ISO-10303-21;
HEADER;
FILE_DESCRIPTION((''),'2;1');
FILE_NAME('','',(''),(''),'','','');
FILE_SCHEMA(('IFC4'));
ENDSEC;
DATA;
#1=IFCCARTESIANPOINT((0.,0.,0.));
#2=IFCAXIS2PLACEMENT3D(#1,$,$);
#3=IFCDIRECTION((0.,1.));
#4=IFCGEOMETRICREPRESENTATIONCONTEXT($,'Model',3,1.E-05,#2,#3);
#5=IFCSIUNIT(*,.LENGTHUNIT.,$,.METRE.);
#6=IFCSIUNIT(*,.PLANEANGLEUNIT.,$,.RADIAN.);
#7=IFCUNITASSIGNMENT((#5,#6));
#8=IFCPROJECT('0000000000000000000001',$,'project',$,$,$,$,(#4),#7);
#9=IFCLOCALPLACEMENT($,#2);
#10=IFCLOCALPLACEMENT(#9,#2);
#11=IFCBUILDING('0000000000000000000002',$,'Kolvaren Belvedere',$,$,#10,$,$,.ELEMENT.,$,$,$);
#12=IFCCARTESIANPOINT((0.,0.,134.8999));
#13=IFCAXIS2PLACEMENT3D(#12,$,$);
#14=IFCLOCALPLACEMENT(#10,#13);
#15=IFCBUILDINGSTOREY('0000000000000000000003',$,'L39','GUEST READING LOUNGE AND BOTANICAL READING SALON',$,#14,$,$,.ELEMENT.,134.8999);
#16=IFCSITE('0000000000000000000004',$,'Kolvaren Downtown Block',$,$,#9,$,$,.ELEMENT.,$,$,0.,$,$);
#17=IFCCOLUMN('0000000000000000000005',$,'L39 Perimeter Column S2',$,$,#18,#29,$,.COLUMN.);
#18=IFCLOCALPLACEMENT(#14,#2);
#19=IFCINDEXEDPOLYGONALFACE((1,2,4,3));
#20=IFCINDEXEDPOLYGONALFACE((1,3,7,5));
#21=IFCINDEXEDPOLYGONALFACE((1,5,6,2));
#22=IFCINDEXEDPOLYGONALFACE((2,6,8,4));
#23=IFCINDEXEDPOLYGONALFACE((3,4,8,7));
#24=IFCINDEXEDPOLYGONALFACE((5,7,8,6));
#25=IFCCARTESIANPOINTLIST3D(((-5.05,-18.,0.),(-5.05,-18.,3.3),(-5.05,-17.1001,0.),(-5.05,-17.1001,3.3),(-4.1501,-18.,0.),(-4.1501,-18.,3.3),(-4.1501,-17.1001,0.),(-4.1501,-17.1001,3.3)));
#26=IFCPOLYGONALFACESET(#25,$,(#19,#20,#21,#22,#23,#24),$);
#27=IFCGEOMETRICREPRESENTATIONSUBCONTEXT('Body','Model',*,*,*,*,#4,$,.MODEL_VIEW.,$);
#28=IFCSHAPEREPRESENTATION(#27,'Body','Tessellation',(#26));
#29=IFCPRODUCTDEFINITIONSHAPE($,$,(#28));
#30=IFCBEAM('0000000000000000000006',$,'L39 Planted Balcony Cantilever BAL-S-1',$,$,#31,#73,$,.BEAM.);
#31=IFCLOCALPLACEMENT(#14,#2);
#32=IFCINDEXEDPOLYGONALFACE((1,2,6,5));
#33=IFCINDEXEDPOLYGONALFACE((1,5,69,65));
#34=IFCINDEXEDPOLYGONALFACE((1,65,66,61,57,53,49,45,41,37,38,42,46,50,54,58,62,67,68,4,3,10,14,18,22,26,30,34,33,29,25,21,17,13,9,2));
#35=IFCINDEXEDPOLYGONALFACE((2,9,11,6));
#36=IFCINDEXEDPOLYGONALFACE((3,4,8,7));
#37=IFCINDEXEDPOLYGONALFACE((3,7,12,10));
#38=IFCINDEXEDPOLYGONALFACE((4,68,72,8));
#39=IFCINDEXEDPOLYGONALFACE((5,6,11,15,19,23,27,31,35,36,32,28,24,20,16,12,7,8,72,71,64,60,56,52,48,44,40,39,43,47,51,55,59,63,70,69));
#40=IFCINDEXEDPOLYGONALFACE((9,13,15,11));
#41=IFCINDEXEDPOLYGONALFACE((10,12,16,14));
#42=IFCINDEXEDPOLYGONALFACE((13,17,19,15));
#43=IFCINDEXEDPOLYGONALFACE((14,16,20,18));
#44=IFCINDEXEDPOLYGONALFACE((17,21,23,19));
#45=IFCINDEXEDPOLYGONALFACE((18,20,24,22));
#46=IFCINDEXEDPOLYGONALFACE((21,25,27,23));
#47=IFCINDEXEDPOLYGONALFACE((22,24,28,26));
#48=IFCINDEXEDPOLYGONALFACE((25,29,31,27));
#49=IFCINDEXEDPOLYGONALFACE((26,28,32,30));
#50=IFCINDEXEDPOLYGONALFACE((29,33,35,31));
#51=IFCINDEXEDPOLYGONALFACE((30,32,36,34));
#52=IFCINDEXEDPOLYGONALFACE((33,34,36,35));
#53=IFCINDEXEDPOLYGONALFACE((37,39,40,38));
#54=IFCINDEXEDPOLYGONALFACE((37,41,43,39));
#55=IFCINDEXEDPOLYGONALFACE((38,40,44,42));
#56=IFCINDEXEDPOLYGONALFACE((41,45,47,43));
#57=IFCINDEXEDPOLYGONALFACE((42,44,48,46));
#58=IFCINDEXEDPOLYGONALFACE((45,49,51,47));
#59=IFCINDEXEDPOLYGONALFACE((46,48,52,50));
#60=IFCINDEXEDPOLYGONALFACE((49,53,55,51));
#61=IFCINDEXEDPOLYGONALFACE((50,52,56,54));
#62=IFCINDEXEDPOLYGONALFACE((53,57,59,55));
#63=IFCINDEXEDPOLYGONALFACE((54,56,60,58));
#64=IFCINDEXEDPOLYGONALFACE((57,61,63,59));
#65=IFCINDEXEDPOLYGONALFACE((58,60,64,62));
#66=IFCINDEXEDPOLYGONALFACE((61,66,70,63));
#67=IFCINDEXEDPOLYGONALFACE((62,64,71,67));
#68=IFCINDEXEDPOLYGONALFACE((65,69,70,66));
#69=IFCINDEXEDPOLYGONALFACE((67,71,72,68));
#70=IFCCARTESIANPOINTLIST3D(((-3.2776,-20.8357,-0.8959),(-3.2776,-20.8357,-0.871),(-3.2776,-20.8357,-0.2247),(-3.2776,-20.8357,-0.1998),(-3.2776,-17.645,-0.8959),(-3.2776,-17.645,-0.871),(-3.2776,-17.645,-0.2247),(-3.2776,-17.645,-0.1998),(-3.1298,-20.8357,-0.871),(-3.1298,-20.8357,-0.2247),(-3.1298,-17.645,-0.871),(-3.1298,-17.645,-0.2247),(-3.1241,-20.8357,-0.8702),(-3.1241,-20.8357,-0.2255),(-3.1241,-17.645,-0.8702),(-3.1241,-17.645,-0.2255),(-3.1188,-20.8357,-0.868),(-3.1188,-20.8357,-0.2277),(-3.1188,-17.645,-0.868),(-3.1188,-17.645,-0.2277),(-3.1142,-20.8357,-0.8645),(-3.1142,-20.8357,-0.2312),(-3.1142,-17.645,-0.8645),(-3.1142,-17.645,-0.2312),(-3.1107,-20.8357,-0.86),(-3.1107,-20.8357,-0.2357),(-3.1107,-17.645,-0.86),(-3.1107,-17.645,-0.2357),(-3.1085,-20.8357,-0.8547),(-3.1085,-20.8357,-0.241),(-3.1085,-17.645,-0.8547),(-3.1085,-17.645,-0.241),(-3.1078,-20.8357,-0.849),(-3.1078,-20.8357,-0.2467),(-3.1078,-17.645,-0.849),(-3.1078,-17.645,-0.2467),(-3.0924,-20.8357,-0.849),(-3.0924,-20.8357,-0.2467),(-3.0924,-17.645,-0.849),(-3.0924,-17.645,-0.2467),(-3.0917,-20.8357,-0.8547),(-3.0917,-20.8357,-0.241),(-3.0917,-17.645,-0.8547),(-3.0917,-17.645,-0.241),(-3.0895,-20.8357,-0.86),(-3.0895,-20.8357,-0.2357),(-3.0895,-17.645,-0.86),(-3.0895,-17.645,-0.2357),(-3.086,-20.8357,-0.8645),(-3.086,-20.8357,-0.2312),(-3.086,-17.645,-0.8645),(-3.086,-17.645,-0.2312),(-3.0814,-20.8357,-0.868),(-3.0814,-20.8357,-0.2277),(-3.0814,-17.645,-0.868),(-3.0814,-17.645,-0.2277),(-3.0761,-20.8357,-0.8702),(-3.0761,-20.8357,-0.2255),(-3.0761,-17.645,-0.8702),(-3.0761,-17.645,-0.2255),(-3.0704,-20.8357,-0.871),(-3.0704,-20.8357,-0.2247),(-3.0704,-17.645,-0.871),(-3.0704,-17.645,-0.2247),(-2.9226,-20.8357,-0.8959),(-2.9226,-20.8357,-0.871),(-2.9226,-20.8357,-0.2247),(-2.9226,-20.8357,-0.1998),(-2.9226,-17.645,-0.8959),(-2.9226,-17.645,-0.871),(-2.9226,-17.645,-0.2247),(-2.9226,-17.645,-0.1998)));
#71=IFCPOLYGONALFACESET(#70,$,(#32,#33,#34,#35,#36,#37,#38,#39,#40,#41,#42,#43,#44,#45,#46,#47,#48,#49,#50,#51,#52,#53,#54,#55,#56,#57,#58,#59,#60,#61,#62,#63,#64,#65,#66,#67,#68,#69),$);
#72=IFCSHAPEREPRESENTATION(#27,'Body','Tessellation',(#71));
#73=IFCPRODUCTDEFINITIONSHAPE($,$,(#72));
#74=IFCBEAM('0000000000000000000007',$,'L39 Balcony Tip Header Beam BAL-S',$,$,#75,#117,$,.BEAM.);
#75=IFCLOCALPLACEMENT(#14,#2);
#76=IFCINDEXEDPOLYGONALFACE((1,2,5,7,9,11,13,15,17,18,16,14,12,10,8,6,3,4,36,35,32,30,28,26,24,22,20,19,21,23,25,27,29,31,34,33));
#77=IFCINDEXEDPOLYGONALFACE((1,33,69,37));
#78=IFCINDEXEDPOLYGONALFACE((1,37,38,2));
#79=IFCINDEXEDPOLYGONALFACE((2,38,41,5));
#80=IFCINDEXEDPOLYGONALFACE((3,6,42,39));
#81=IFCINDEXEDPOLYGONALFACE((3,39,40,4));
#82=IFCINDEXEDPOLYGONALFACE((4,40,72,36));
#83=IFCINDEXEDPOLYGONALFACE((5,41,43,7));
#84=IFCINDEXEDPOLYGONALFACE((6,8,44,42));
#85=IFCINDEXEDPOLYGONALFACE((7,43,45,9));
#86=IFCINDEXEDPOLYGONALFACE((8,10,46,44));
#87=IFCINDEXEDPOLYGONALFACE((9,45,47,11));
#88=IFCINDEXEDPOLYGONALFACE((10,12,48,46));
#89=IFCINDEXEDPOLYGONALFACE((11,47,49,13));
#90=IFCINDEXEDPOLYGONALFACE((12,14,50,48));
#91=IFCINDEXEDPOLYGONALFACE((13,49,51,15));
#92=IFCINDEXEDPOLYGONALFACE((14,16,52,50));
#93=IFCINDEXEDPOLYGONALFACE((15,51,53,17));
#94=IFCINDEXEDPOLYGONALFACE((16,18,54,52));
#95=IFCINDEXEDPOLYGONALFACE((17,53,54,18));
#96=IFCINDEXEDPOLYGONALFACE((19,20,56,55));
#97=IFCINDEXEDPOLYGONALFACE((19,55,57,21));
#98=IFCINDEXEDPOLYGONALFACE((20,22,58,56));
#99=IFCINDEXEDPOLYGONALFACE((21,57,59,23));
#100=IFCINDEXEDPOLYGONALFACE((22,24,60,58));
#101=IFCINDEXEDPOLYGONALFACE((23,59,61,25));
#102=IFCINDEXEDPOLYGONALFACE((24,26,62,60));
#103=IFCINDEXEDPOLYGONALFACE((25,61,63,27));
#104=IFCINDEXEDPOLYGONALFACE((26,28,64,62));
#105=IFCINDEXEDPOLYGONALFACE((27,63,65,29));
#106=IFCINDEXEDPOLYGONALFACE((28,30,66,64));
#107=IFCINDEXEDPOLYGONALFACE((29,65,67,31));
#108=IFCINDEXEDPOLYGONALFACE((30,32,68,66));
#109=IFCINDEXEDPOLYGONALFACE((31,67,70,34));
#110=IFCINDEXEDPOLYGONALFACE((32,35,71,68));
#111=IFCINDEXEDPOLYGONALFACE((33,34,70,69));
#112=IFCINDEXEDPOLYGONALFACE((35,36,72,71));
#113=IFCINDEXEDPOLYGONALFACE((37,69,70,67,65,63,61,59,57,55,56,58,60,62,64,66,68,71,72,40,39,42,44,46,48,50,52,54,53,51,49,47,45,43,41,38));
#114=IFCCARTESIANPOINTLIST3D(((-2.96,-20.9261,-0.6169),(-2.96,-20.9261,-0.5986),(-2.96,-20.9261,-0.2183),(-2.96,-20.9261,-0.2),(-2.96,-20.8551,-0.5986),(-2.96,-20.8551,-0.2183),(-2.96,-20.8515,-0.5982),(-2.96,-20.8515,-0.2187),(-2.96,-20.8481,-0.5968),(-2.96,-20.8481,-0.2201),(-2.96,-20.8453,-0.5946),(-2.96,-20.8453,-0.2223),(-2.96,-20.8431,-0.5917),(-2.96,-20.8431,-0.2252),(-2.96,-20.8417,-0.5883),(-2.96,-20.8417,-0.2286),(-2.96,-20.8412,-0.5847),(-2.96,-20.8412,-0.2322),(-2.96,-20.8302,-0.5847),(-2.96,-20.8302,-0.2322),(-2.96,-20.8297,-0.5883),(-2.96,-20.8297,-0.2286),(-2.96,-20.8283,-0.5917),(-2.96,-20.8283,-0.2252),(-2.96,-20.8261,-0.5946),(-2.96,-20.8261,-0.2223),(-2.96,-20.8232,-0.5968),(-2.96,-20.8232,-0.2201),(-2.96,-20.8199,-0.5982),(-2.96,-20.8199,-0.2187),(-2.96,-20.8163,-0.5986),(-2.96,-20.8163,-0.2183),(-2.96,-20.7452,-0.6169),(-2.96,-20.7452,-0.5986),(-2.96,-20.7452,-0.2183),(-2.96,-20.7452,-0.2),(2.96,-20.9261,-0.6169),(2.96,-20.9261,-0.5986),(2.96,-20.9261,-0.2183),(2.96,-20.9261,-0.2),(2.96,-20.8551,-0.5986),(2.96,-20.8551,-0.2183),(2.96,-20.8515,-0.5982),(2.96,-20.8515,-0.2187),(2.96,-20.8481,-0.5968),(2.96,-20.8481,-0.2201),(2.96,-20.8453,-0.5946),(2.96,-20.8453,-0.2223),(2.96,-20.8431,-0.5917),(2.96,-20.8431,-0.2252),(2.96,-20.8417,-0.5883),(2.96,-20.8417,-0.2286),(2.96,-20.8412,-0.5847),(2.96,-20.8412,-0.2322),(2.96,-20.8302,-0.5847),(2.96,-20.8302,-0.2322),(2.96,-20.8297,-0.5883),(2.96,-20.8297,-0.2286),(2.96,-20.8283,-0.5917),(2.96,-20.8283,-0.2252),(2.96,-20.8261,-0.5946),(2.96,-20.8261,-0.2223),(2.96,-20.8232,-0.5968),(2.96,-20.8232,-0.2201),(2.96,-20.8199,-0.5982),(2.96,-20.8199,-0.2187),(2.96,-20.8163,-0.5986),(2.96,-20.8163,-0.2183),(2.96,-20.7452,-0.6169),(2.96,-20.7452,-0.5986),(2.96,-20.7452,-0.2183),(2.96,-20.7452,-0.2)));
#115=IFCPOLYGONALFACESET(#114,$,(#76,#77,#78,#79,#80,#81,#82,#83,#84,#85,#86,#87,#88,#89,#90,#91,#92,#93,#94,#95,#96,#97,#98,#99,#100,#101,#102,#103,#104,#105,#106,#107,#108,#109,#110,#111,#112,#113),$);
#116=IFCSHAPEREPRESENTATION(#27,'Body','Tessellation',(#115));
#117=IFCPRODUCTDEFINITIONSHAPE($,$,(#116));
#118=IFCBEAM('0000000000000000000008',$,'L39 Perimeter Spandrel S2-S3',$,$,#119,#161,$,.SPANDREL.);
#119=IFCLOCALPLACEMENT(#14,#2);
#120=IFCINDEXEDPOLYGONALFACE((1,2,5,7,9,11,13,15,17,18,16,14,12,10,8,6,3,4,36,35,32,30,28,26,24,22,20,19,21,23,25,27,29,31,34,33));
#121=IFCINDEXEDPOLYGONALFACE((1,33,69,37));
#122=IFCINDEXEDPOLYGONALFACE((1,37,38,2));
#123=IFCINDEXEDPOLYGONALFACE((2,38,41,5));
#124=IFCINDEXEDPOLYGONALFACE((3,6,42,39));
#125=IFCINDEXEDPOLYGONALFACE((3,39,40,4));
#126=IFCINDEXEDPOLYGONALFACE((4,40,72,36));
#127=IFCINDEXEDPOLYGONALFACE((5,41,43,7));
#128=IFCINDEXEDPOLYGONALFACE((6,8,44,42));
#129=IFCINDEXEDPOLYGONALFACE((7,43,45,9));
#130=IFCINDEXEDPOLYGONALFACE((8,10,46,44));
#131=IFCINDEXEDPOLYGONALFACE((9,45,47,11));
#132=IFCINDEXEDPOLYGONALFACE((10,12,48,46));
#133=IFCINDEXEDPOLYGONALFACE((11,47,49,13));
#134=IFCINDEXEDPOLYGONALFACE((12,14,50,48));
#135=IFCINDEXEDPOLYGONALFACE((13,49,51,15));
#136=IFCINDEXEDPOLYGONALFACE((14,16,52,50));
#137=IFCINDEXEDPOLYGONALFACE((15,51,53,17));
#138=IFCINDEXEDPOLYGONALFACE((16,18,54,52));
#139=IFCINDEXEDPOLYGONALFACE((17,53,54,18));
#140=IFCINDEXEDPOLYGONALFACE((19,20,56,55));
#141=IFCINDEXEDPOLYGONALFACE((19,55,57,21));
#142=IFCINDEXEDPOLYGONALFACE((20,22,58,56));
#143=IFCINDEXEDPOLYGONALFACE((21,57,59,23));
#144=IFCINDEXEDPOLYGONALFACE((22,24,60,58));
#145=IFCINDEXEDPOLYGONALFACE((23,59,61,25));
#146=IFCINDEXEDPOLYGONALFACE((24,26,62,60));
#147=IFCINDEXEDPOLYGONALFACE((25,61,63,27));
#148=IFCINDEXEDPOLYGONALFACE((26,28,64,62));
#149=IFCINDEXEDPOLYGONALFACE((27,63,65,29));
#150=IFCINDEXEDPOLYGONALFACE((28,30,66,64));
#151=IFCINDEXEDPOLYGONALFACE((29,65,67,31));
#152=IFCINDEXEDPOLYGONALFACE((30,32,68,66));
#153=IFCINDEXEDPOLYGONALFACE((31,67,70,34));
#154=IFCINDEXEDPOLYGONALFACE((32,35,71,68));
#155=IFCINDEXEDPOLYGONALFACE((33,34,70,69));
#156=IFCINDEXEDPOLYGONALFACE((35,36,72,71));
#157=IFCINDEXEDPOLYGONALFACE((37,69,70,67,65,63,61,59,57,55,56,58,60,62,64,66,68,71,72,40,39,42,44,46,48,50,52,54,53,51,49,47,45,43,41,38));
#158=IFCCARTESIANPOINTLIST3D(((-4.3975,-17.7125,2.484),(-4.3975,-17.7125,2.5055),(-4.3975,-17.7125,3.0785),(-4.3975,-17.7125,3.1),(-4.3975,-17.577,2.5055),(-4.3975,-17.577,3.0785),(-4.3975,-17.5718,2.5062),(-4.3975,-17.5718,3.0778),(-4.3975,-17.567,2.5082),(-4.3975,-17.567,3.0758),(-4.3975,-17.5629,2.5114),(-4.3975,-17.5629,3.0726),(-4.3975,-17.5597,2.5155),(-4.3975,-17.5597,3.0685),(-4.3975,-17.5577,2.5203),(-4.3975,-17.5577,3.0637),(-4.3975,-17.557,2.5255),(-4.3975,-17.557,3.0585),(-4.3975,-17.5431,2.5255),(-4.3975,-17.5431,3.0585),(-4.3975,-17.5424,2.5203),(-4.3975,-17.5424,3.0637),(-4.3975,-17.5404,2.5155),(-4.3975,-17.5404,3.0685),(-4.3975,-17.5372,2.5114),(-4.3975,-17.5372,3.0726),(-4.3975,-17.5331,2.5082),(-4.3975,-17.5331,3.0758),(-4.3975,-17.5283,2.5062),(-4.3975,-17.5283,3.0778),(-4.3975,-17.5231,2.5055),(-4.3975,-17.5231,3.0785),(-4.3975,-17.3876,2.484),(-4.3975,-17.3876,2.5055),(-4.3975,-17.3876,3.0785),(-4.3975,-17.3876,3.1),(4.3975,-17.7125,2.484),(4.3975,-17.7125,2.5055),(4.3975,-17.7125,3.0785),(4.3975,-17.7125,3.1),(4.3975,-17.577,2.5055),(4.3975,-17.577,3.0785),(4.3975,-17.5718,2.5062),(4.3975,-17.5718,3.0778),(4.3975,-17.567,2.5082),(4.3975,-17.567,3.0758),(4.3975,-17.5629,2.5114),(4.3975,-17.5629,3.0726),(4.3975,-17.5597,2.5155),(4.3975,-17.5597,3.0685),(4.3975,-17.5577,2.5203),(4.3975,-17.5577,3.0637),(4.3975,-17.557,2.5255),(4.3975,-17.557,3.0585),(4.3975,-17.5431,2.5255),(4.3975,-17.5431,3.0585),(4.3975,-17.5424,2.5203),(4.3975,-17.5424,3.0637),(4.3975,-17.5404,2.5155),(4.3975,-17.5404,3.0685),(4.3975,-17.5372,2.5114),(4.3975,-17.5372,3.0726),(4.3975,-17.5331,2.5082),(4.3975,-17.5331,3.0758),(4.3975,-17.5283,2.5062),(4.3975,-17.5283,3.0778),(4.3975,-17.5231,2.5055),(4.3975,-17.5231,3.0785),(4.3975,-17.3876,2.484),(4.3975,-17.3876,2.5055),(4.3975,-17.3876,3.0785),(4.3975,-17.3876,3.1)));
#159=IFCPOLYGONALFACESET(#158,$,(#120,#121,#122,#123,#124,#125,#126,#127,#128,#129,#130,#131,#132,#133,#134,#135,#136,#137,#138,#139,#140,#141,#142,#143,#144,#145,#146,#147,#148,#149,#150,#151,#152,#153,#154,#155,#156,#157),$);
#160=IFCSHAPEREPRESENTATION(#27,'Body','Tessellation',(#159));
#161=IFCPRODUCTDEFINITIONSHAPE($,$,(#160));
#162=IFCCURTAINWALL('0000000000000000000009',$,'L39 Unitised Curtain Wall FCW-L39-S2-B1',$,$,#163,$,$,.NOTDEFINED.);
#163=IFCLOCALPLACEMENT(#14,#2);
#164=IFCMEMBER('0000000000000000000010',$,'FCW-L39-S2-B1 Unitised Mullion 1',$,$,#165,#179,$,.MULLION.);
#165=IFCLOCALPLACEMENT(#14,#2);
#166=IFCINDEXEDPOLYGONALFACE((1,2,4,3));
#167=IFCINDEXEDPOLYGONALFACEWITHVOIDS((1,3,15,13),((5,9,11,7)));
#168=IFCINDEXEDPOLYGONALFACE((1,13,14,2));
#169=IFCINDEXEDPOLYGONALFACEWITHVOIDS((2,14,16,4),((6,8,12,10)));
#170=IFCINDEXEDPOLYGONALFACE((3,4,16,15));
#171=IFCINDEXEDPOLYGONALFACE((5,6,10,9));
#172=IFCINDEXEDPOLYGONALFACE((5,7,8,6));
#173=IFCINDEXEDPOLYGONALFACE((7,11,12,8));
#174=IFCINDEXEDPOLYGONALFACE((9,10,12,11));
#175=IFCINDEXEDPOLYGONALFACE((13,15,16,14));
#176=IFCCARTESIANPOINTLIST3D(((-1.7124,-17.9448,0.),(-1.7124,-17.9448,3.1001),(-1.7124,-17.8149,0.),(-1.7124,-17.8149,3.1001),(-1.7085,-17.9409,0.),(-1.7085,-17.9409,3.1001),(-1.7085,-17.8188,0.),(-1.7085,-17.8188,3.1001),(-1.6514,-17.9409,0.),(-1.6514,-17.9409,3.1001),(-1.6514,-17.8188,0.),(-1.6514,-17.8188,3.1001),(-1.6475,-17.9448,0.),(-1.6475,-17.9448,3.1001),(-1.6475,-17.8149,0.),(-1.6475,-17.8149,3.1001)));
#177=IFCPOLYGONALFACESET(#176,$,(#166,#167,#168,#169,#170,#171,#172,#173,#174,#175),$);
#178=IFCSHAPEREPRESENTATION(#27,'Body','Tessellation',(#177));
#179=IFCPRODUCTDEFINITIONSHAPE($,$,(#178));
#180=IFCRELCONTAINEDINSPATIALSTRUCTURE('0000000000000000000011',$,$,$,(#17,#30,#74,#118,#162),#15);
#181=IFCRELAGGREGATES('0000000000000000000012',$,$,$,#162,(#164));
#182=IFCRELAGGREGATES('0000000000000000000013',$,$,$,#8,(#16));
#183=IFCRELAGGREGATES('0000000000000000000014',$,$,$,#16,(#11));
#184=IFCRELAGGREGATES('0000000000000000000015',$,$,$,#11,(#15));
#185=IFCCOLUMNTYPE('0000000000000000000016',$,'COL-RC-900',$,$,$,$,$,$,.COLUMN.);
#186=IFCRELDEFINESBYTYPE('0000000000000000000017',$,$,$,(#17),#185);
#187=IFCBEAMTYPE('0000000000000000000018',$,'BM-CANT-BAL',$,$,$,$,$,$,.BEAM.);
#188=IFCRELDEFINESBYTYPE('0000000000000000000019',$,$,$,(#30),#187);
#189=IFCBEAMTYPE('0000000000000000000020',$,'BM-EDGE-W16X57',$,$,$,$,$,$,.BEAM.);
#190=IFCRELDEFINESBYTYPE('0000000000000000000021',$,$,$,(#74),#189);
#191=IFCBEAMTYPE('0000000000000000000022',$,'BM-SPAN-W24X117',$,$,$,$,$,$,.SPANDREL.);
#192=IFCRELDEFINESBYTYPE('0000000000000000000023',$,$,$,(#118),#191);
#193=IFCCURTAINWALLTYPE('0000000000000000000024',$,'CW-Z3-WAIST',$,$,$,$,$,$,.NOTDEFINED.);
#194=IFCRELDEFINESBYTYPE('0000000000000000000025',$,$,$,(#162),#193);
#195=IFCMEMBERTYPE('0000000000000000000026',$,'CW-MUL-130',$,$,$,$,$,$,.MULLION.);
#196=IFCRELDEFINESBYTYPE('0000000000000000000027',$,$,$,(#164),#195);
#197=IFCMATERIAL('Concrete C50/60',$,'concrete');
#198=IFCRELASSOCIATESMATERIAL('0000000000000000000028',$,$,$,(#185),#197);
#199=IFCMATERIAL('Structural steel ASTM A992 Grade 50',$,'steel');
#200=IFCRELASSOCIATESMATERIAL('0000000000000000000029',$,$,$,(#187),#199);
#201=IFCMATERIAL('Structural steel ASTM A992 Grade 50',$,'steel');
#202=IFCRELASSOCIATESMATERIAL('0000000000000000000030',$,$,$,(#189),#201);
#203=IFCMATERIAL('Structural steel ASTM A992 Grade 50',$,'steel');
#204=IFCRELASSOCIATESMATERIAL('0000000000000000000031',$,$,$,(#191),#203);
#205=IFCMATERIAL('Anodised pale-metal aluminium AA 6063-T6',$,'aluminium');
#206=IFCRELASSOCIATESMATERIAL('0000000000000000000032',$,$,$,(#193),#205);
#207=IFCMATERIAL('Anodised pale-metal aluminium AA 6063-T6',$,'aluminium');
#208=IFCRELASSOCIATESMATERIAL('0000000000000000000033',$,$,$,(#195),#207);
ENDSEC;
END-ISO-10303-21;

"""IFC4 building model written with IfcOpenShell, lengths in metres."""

from ifc_helpers import new_model, si_unit, direction, frame, origin, origin_2d, place, context, subcontext, project, spatial, rectangle, hollow_rectangle, i_section, extrude, material, material_profile, profile_set, type_object, element, aggregate, save


model = new_model("IFC4")

# Units and contexts
model_context = context("Model", 3, precision=1e-05, world=origin(), true_north=direction((0.0, 1.0)))
body_context = subcontext(model_context, "Body", "Model", "MODEL_VIEW")
ifc_project = project(units=[si_unit("LENGTHUNIT", "METRE"), si_unit("PLANEANGLEUNIT", "RADIAN")], contexts=[model_context])

# Site, building, storey
site_placement = place(None, origin())
site = spatial("IfcSite", under=ifc_project, at=site_placement, Name="Kolvaren Downtown Block", CompositionType="ELEMENT", RefElevation=0.0)
building_placement = place(site_placement, origin())
building = spatial("IfcBuilding", under=site, at=building_placement, Name="Kolvaren Belvedere", CompositionType="ELEMENT")
storey_placement = place(building_placement, frame((0.0, 0.0, 134.8999)))
storey = spatial("IfcBuildingStorey", under=building, at=storey_placement, Name="L39", Description="GUEST READING LOUNGE AND BOTANICAL READING SALON", CompositionType="ELEMENT", Elevation=134.8999)

# Column
ifc_material_1 = material(Name="Concrete C50/60", Category="concrete")
ifc_material_profile_1 = material_profile(ifc_material_1, rectangle(XDim=0.8999, YDim=0.8999, at=origin_2d()), Name="RC 900X900")
ifc_profile_set_1 = profile_set([ifc_material_profile_1], Name="Concrete C50/60")
column_type = type_object("IfcColumnType", Name="COL-RC-900", PredefinedType="COLUMN", material=ifc_profile_set_1)
column_placement = place(storey_placement, frame((-4.6001, -17.55, 0.0), z_axis=(0.0, 0.0, 1.0), x_axis=(1.0, 0.0, 0.0)))
element("IfcColumn", 1, at=column_placement, inside=storey, type_object=column_type, Name="L39 Perimeter Column S2", PredefinedType="COLUMN", context=body_context, shape_type="SweptSolid", body=[
    extrude(rectangle(XDim=0.8999, YDim=0.8999, at=origin_2d()), origin(), (0.0, 0.0, 1.0), 3.3),
])

# Beams
ifc_material_2 = material(Name="Structural steel ASTM A992 Grade 50", Category="steel")
ifc_material_profile_2 = material_profile(ifc_material_2, i_section(OverallWidth=0.355, OverallDepth=0.696, WebThickness=0.0154, FlangeThickness=0.0249, FilletRadius=0.022, at=origin_2d()), Name="W27X146")
ifc_profile_set_2 = profile_set([ifc_material_profile_2], Name="Structural steel ASTM A992 Grade 50")
beam_type_1 = type_object("IfcBeamType", Name="BM-CANT-BAL", PredefinedType="BEAM", material=ifc_profile_set_2)
beam_1_placement = place(storey_placement, frame((-3.1001, -17.645, -0.5479), z_axis=(0.0, -1.0, 0.0), x_axis=(1.0, 0.0, 0.0)))
element("IfcBeam", 2, at=beam_1_placement, inside=storey, type_object=beam_type_1, Name="L39 Planted Balcony Cantilever BAL-S-1", PredefinedType="BEAM", context=body_context, shape_type="SweptSolid", body=[
    extrude(i_section(OverallWidth=0.355, OverallDepth=0.696, WebThickness=0.0154, FlangeThickness=0.0249, FilletRadius=0.022, at=origin_2d()), origin(), (0.0, 0.0, 1.0), 3.1907),
])
ifc_material_3 = material(Name="Structural steel ASTM A992 Grade 50", Category="steel")
ifc_material_profile_3 = material_profile(ifc_material_3, i_section(OverallWidth=0.1809, OverallDepth=0.417, WebThickness=0.011, FlangeThickness=0.0183, FilletRadius=0.0139, at=origin_2d()), Name="W16X57")
ifc_profile_set_3 = profile_set([ifc_material_profile_3], Name="Structural steel ASTM A992 Grade 50")
beam_type_2 = type_object("IfcBeamType", Name="BM-EDGE-W16X57", PredefinedType="BEAM", material=ifc_profile_set_3)
beam_2_placement = place(storey_placement, frame((-2.96, -20.8357, -0.4084), z_axis=(1.0, 0.0, 0.0), x_axis=(0.0, 1.0, 0.0)))
element("IfcBeam", 3, at=beam_2_placement, inside=storey, type_object=beam_type_2, Name="L39 Balcony Tip Header Beam BAL-S", PredefinedType="BEAM", context=body_context, shape_type="SweptSolid", body=[
    extrude(i_section(OverallWidth=0.1809, OverallDepth=0.417, WebThickness=0.011, FlangeThickness=0.0183, FilletRadius=0.0139, at=origin_2d()), origin(), (0.0, 0.0, 1.0), 5.9199),
])
ifc_material_4 = material(Name="Structural steel ASTM A992 Grade 50", Category="steel")
ifc_material_profile_4 = material_profile(ifc_material_4, i_section(OverallWidth=0.325, OverallDepth=0.616, WebThickness=0.0139, FlangeThickness=0.0215, FilletRadius=0.02, at=origin_2d()), Name="W24X117")
ifc_profile_set_4 = profile_set([ifc_material_profile_4], Name="Structural steel ASTM A992 Grade 50")
beam_type_3 = type_object("IfcBeamType", Name="BM-SPAN-W24X117", PredefinedType="SPANDREL", material=ifc_profile_set_4)
beam_3_placement = place(storey_placement, frame((-4.3975, -17.55, 2.792), z_axis=(1.0, 0.0, 0.0), x_axis=(0.0, 1.0, 0.0)))
element("IfcBeam", 4, at=beam_3_placement, inside=storey, type_object=beam_type_3, Name="L39 Perimeter Spandrel S2-S3", PredefinedType="SPANDREL", context=body_context, shape_type="SweptSolid", body=[
    extrude(i_section(OverallWidth=0.325, OverallDepth=0.616, WebThickness=0.0139, FlangeThickness=0.0215, FilletRadius=0.02, at=origin_2d()), origin(), (0.0, 0.0, 1.0), 8.7949),
])

# Curtain wall, member
ifc_material_5 = material(Name="Anodised pale-metal aluminium AA 6063-T6", Category="aluminium")
curtain_wall_type = type_object("IfcCurtainWallType", Name="CW-Z3-WAIST", PredefinedType="NOTDEFINED", material=ifc_material_5)
curtain_wall_1_placement = place(storey_placement, origin())
curtain_wall_1 = element("IfcCurtainWall", 5, at=curtain_wall_1_placement, inside=storey, type_object=curtain_wall_type, Name="L39 Unitised Curtain Wall FCW-L39-S2-B1", PredefinedType="NOTDEFINED")
ifc_material_6 = material(Name="Anodised pale-metal aluminium AA 6063-T6", Category="aluminium")
ifc_material_profile_5 = material_profile(ifc_material_6, hollow_rectangle(XDim=0.0649, YDim=0.1299, WallThickness=0.0039, at=origin_2d()), Name="ALU-MUL-130X65")
ifc_profile_set_5 = profile_set([ifc_material_profile_5], Name="Anodised pale-metal aluminium AA 6063-T6")
member_type_1 = type_object("IfcMemberType", Name="CW-MUL-130", PredefinedType="MULLION", material=ifc_profile_set_5)
member_1_placement = place(storey_placement, frame((-1.6799, -17.8799, 0.0), z_axis=(0.0, 0.0, 1.0), x_axis=(1.0, 0.0, 0.0)))
member_1 = element("IfcMember", 6, at=member_1_placement, type_object=member_type_1, Name="FCW-L39-S2-B1 Unitised Mullion 1", PredefinedType="MULLION", context=body_context, shape_type="SweptSolid", body=[
    extrude(hollow_rectangle(XDim=0.0649, YDim=0.1299, WallThickness=0.0039, at=origin_2d()), origin(), (0.0, 0.0, 1.0), 3.1001),
])

aggregate(curtain_wall_1, [member_1])

save(model, "model.ifc")
